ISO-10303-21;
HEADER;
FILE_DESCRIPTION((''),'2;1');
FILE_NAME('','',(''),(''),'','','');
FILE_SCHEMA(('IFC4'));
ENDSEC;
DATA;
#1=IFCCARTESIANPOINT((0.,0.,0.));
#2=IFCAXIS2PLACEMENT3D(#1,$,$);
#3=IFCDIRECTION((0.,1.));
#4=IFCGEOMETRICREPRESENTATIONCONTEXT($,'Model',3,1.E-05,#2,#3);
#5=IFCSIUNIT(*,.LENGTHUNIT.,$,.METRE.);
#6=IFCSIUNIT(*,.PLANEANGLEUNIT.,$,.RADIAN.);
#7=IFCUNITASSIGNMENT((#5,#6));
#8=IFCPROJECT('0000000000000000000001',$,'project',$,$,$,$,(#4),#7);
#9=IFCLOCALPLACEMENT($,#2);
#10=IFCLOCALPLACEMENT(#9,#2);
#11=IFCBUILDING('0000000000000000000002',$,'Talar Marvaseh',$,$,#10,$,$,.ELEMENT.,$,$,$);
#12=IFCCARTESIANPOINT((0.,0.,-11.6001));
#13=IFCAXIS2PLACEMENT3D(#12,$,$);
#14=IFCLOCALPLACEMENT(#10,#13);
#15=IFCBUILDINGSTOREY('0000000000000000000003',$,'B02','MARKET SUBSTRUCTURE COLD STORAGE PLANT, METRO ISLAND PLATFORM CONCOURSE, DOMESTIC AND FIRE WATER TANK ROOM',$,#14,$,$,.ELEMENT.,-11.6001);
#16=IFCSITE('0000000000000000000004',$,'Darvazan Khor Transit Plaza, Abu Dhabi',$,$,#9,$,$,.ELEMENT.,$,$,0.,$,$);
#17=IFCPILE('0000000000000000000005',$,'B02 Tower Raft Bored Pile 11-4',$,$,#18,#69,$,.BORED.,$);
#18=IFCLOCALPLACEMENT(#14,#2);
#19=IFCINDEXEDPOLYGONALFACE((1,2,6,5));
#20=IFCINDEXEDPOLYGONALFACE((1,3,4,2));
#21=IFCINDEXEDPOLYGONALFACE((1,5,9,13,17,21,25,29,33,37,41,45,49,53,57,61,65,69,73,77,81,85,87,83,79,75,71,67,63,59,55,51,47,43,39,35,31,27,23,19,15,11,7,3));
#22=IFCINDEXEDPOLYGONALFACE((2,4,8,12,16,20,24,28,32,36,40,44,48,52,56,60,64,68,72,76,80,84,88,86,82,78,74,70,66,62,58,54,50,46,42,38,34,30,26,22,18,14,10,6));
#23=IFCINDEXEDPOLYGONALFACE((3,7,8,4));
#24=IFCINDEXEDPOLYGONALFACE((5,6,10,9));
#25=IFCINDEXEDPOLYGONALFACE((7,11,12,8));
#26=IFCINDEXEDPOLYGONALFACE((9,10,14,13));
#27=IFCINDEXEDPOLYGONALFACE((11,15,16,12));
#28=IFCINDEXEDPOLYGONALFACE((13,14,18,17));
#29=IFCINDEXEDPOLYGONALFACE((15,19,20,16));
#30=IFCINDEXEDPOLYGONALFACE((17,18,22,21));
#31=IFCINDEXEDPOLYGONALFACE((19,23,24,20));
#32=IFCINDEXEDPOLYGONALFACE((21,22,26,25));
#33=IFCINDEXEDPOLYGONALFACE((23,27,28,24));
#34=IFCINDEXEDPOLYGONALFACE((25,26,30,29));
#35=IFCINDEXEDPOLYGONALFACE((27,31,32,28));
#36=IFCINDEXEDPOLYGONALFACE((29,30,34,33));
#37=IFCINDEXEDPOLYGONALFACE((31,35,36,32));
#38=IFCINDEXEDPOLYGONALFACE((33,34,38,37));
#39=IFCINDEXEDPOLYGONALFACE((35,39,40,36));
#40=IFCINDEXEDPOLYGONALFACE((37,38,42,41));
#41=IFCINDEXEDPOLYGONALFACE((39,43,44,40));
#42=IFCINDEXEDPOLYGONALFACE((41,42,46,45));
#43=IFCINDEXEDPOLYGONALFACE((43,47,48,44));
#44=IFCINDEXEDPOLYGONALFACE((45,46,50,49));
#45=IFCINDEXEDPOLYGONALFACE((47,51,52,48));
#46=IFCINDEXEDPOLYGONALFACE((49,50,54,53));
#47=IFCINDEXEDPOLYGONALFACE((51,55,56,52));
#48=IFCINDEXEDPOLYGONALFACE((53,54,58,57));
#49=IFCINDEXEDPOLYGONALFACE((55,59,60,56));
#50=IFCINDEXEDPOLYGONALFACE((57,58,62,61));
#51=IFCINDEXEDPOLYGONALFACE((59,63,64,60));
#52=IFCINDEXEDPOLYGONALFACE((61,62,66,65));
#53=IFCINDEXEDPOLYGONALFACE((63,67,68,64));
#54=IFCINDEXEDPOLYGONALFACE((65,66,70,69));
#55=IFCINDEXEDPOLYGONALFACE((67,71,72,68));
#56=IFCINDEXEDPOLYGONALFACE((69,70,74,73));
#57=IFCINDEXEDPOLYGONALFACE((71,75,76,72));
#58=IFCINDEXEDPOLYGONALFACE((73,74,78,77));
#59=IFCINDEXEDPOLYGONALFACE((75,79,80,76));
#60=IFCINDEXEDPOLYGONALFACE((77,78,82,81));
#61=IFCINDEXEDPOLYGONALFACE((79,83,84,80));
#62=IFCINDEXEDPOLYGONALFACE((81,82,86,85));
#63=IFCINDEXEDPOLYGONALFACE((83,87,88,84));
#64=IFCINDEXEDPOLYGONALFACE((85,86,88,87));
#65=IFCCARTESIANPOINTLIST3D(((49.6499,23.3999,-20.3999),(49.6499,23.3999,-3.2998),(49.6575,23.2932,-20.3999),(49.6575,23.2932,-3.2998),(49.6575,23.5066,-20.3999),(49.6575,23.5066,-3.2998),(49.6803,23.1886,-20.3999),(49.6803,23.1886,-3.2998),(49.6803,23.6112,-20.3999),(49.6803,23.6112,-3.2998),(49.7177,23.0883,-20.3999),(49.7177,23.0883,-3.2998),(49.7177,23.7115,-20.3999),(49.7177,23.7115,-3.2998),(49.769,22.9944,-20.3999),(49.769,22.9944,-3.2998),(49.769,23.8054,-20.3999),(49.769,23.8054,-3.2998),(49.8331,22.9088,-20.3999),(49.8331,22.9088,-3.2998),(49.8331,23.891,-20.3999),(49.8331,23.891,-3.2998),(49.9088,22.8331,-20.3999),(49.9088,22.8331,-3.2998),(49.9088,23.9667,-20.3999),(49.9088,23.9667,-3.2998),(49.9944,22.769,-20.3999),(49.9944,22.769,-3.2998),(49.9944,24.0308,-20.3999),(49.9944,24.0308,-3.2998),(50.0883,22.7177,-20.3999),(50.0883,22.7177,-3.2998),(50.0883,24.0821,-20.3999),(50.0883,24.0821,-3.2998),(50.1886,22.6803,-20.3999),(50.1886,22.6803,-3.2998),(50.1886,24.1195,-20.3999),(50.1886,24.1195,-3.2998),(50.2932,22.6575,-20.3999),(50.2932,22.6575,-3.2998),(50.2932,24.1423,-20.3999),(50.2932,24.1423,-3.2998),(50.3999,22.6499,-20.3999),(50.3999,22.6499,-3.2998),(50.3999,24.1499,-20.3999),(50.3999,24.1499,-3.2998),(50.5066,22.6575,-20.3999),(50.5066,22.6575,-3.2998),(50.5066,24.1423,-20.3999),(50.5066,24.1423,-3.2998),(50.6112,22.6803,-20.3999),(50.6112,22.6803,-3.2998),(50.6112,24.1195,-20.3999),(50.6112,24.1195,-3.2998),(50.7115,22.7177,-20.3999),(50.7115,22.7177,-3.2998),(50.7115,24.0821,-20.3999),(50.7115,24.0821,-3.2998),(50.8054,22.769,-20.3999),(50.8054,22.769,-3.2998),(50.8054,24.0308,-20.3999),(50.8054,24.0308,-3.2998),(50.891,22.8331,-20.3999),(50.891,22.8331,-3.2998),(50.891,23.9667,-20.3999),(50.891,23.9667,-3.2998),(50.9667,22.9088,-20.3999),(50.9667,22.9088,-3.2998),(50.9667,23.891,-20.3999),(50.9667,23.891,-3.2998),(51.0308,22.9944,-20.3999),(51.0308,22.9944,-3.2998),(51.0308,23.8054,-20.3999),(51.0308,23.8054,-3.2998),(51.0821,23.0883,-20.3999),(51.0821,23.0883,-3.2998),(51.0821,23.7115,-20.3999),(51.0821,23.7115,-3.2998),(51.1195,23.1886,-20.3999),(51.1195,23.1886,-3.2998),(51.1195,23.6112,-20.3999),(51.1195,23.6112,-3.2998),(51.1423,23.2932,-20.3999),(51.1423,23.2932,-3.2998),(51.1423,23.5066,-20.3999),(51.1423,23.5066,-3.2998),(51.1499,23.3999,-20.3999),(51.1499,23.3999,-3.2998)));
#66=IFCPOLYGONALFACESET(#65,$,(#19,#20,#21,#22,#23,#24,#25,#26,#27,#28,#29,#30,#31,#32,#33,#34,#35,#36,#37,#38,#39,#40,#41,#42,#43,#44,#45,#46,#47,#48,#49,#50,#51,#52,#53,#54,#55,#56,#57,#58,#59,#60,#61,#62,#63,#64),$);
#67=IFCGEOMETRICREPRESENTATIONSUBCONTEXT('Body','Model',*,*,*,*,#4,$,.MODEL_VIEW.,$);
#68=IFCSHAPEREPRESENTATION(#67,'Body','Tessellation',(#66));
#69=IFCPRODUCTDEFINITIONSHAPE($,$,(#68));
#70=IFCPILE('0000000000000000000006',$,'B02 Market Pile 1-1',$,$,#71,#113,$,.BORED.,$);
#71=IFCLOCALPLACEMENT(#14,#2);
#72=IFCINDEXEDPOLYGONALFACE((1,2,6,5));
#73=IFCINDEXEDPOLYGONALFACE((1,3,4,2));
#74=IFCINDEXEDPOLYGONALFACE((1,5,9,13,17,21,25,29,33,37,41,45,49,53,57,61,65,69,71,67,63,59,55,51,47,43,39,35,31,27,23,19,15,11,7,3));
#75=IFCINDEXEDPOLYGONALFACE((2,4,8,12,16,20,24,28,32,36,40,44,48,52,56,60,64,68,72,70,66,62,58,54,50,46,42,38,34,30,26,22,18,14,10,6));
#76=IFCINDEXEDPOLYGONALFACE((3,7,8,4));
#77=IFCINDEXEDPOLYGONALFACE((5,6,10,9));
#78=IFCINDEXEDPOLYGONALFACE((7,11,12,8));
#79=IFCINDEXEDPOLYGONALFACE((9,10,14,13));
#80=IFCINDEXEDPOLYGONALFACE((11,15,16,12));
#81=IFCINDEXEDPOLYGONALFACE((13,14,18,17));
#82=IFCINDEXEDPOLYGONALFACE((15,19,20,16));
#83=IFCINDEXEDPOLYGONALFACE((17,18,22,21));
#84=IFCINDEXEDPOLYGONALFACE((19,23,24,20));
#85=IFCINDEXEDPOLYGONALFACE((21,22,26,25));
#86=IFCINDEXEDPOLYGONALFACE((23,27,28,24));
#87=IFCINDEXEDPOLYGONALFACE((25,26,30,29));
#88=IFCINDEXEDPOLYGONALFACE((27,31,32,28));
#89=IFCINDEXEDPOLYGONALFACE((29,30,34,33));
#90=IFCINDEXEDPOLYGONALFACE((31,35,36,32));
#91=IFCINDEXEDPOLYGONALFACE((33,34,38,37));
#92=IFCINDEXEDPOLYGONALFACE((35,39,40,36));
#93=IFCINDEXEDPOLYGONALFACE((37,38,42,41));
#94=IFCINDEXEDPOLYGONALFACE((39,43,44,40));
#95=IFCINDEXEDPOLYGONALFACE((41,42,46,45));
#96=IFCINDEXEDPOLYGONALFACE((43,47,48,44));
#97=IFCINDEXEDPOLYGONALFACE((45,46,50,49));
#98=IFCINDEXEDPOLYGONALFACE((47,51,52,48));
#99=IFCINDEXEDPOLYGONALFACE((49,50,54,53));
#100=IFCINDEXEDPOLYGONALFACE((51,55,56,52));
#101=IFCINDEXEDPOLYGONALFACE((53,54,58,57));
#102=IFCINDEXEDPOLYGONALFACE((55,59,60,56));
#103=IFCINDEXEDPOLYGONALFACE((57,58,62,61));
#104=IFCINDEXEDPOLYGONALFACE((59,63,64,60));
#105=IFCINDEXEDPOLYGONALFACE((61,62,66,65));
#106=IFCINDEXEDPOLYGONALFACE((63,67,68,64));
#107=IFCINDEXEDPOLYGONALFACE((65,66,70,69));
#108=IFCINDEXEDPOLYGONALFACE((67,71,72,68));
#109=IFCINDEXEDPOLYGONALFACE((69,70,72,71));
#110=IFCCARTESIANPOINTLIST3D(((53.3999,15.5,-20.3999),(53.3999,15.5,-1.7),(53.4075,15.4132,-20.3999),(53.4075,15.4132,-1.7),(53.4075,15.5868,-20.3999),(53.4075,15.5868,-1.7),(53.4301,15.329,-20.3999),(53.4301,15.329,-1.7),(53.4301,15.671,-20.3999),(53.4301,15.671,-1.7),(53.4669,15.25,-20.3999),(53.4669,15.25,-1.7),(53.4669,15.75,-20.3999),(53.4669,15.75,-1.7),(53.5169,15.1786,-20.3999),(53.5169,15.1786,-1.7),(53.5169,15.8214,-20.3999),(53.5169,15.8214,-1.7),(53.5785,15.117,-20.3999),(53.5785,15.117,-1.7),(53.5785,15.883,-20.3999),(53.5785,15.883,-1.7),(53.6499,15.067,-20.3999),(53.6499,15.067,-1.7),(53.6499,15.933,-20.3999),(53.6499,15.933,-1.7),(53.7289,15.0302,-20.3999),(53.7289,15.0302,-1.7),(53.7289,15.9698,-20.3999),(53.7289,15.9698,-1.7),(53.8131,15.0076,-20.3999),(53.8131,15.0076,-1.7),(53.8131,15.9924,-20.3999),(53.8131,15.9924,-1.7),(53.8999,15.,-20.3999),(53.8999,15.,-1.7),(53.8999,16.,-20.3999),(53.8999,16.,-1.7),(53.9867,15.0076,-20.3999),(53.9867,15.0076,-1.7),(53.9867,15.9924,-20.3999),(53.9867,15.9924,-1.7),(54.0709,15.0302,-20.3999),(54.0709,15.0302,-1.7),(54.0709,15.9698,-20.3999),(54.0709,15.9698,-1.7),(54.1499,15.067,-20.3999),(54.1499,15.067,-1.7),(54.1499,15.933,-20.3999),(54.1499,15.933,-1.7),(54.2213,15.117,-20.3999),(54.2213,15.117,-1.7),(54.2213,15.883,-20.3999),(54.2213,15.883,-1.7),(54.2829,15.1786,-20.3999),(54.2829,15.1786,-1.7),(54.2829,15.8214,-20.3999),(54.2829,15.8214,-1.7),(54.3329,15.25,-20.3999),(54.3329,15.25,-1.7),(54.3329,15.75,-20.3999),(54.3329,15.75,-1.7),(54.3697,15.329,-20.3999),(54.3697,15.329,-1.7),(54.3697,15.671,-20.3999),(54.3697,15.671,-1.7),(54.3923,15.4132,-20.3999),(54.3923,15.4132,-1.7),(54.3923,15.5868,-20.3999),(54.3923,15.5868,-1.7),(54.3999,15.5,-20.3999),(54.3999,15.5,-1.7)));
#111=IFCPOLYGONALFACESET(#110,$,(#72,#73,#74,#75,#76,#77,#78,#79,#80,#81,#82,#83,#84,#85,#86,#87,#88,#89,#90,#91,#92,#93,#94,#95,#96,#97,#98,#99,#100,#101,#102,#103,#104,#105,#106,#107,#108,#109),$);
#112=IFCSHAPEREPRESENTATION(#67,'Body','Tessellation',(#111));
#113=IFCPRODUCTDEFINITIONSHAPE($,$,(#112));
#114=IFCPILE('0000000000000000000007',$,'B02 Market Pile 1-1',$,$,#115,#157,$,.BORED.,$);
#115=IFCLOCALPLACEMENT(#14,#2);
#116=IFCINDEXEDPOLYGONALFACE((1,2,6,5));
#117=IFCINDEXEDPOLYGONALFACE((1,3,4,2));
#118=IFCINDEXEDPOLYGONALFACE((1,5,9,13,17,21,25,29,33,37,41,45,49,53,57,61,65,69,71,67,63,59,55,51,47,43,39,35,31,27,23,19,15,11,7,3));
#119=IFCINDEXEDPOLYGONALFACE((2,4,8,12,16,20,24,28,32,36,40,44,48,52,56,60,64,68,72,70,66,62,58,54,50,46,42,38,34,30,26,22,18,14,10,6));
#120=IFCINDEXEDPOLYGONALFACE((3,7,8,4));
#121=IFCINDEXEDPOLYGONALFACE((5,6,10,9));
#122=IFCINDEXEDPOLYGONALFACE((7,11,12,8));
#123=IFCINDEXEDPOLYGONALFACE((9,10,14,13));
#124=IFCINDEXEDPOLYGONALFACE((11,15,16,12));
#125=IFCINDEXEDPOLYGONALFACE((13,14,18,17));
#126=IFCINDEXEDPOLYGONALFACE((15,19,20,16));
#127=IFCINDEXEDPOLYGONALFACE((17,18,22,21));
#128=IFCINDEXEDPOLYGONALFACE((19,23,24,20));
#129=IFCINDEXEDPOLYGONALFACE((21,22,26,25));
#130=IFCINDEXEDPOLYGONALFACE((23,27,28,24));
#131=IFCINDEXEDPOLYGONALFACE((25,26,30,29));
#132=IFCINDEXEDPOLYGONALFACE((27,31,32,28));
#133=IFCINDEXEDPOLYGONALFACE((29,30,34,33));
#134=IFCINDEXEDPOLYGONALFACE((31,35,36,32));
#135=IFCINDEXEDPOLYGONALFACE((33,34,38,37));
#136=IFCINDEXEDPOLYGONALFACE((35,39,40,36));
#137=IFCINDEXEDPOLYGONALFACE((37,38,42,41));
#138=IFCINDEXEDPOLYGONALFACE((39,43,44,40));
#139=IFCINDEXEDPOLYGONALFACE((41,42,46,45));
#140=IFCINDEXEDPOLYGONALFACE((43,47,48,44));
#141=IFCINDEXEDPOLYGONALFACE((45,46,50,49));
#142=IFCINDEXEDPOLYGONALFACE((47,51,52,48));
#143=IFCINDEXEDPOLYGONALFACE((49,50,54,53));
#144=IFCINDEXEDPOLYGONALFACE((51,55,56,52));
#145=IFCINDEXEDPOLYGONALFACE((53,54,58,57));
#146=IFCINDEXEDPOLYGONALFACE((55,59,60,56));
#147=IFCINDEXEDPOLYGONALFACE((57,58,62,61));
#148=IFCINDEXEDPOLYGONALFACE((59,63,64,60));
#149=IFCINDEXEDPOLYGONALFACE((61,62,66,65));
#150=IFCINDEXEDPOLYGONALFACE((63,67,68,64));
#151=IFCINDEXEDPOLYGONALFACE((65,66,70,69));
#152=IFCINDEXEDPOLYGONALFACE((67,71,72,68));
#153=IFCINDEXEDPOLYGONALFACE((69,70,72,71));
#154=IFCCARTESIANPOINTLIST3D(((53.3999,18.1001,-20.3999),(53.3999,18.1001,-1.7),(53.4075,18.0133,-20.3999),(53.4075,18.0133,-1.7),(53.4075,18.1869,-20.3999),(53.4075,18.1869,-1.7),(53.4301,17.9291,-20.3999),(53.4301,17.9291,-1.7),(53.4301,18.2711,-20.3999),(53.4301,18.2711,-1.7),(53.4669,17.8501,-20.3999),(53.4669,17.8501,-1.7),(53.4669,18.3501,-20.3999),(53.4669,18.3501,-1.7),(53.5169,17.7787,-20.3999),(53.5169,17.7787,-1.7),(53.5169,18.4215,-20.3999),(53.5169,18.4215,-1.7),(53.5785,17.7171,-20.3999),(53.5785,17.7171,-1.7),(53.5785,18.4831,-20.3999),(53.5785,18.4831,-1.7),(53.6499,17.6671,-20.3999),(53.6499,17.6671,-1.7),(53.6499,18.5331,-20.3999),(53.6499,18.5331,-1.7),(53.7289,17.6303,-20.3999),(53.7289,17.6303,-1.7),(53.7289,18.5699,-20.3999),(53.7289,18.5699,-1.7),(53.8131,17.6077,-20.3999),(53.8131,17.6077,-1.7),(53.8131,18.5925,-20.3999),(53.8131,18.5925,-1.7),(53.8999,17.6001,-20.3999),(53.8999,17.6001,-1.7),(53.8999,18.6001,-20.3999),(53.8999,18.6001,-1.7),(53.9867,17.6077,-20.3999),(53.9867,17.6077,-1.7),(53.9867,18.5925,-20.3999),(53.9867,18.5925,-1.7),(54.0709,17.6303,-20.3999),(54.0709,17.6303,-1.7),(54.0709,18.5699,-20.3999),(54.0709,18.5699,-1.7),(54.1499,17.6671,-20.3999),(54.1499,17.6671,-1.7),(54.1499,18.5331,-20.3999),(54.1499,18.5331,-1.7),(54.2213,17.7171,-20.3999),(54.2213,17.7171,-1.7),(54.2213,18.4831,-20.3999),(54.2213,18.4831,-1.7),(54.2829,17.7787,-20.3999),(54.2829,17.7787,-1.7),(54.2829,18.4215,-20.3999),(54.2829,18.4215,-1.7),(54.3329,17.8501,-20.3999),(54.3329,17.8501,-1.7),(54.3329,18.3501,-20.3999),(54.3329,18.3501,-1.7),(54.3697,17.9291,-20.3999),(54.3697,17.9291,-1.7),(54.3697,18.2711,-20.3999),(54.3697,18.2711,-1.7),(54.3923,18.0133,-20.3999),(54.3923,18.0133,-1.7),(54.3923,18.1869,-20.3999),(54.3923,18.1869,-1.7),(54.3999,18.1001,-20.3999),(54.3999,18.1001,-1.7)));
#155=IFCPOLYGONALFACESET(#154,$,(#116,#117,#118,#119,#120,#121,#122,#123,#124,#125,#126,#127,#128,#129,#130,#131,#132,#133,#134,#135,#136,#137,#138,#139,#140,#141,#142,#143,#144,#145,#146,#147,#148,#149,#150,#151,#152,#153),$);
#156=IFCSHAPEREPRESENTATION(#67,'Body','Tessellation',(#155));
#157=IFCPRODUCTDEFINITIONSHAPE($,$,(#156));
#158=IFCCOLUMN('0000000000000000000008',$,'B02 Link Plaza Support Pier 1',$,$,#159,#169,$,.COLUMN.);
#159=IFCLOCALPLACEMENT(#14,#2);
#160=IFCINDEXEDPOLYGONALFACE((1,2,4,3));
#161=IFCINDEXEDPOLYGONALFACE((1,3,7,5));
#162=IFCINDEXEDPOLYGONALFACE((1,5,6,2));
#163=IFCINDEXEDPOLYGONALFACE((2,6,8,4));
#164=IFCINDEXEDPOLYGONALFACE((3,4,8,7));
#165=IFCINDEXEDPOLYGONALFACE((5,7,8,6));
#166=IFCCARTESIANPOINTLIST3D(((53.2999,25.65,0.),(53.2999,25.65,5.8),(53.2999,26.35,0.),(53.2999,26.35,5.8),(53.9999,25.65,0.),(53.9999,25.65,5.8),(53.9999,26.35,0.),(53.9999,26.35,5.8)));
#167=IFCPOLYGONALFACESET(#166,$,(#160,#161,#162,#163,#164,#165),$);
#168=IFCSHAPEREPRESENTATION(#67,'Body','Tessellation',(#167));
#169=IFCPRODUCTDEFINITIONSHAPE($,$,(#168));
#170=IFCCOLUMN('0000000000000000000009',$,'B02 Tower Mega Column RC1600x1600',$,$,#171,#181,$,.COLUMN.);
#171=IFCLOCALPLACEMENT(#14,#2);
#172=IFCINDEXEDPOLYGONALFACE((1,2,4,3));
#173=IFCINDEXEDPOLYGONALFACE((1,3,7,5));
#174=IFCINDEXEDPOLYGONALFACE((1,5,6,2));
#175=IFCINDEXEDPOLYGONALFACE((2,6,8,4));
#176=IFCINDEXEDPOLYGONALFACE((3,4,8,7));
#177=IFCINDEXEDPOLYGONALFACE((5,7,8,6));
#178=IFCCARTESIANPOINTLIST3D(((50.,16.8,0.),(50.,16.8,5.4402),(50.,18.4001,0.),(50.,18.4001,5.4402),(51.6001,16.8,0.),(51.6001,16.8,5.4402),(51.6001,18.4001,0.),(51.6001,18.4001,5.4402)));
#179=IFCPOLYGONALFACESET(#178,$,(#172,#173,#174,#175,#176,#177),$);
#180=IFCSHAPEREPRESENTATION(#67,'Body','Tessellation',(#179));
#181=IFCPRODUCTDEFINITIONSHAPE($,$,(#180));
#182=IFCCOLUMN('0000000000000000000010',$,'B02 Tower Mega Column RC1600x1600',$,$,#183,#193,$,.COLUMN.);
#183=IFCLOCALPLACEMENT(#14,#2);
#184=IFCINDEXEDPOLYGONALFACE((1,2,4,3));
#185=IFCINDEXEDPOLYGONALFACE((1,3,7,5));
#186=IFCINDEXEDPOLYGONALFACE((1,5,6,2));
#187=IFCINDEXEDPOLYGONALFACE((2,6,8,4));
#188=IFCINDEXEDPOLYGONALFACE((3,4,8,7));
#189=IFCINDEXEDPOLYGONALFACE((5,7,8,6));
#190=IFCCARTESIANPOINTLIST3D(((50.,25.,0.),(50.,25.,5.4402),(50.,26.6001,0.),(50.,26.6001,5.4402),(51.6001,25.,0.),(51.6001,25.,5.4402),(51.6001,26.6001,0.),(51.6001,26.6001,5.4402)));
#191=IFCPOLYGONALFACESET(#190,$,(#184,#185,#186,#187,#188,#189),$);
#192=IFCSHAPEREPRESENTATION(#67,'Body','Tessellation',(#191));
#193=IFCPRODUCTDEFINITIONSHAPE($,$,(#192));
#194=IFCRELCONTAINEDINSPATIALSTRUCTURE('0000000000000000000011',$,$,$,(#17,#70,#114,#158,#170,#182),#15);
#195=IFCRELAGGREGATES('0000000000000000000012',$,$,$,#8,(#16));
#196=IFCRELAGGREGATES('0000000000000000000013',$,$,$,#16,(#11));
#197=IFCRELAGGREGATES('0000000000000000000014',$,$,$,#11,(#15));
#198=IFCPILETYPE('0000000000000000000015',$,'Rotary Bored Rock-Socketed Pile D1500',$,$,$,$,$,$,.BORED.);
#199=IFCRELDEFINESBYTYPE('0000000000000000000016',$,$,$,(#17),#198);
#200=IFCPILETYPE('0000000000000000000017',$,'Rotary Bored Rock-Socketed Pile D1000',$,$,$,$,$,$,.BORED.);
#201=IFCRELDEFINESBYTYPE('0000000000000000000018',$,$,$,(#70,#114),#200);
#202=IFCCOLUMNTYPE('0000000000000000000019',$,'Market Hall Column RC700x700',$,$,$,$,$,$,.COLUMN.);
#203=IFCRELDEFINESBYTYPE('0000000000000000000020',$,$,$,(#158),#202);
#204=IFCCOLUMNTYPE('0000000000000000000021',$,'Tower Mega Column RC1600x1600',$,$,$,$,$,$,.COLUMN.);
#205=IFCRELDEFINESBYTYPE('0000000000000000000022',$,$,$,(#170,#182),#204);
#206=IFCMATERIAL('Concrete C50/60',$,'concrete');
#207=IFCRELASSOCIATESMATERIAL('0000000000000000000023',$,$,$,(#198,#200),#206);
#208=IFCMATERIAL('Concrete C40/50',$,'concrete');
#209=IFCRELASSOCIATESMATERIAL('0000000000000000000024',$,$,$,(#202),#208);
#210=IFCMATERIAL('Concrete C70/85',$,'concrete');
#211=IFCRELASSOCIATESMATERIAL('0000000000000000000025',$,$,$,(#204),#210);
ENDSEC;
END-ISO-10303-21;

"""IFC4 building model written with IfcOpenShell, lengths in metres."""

from ifc_helpers import new_model, si_unit, direction, frame, origin, origin_2d, place, context, subcontext, project, spatial, rectangle, circle, extrude, source, transform, mapped, material, material_profile, profile_set, type_object, type_shapes, element, save


model = new_model("IFC4")

# Units and contexts
model_context = context("Model", 3, precision=1e-05, world=origin(), true_north=direction((0.0, 1.0)))
body_context = subcontext(model_context, "Body", "Model", "MODEL_VIEW")
ifc_project = project(units=[si_unit("LENGTHUNIT", "METRE"), si_unit("PLANEANGLEUNIT", "RADIAN")], contexts=[model_context])

# Site, building, storey
site_placement = place(None, origin())
site = spatial("IfcSite", under=ifc_project, at=site_placement, Name="Darvazan Khor Transit Plaza, Abu Dhabi", CompositionType="ELEMENT", RefElevation=0.0)
building_placement = place(site_placement, origin())
building = spatial("IfcBuilding", under=site, at=building_placement, Name="Talar Marvaseh", CompositionType="ELEMENT")
storey_placement = place(building_placement, frame((0.0, 0.0, -11.6001)))
storey = spatial("IfcBuildingStorey", under=building, at=storey_placement, Name="B02", Description="MARKET SUBSTRUCTURE COLD STORAGE PLANT, METRO ISLAND PLATFORM CONCOURSE, DOMESTIC AND FIRE WATER TANK ROOM", CompositionType="ELEMENT", Elevation=-11.6001)

# Piles
ifc_material_1 = material(Name="Concrete C50/60", Category="concrete")
ifc_material_profile_1 = material_profile(ifc_material_1, circle(Radius=0.75, at=origin_2d()), Name="PILE-D1500")
ifc_profile_set_1 = profile_set([ifc_material_profile_1], Name="Concrete C50/60")
pile_type_1 = type_object("IfcPileType", Name="Rotary Bored Rock-Socketed Pile D1500", PredefinedType="BORED", material=ifc_profile_set_1)
shared_shape_1 = source(origin(), body_context, "Body", "SweptSolid", [
    extrude(circle(Radius=0.75, at=origin_2d()), origin(), (0.0, 0.0, 1.0), 17.1001),
])
type_shapes(pile_type_1, [shared_shape_1])
for number, where, z_axis, x_axis, name in (
    (1, (50.3999, 23.3999, -3.2998), (0.0, 0.0, -1.0), (1.0, 0.0, 0.0), "B02 Tower Raft Bored Pile 11-4"),
):
    element("IfcPile", number, at=place(storey_placement, frame(where, z_axis=z_axis, x_axis=x_axis)), inside=storey, type_object=pile_type_1, Name=name, PredefinedType="BORED", context=body_context, shape_type="MappedRepresentation", body=[
        mapped(shared_shape_1, transform((0.0, 0.0, 0.0), x_axis=(1.0, 0.0, 0.0), y_axis=(0.0, 1.0, 0.0), z_axis=(0.0, 0.0, 1.0), scale=1.0)),
    ])
ifc_material_profile_2 = material_profile(ifc_material_1, circle(Radius=0.5, at=origin_2d()), Name="PILE-D1000")
ifc_profile_set_2 = profile_set([ifc_material_profile_2], Name="Concrete C50/60")
pile_type_2 = type_object("IfcPileType", Name="Rotary Bored Rock-Socketed Pile D1000", PredefinedType="BORED", material=ifc_profile_set_2)
shared_shape_2 = source(origin(), body_context, "Body", "SweptSolid", [
    extrude(circle(Radius=0.5, at=origin_2d()), origin(), (0.0, 0.0, 1.0), 18.7),
])
type_shapes(pile_type_2, [shared_shape_2])
for number, where, z_axis, x_axis, name in (
    (2, (53.8999, 15.5, -1.7), (0.0, 0.0, -1.0), (1.0, 0.0, 0.0), "B02 Market Pile 1-1"),
    (3, (53.8999, 18.1001, -1.7), (0.0, 0.0, -1.0), (1.0, 0.0, 0.0), "B02 Market Pile 1-1"),
):
    element("IfcPile", number, at=place(storey_placement, frame(where, z_axis=z_axis, x_axis=x_axis)), inside=storey, type_object=pile_type_2, Name=name, PredefinedType="BORED", context=body_context, shape_type="MappedRepresentation", body=[
        mapped(shared_shape_2, transform((0.0, 0.0, 0.0), x_axis=(1.0, 0.0, 0.0), y_axis=(0.0, 1.0, 0.0), z_axis=(0.0, 0.0, 1.0), scale=1.0)),
    ])

# Columns
ifc_material_2 = material(Name="Concrete C40/50", Category="concrete")
ifc_material_profile_3 = material_profile(ifc_material_2, rectangle(XDim=0.7, YDim=0.7, at=origin_2d()), Name="RC700x700")
ifc_profile_set_3 = profile_set([ifc_material_profile_3], Name="Concrete C40/50")
column_type_1 = type_object("IfcColumnType", Name="Market Hall Column RC700x700", PredefinedType="COLUMN", material=ifc_profile_set_3)
column_placement = place(storey_placement, frame((53.6499, 26.0, 0.0), z_axis=(0.0, 0.0, 1.0), x_axis=(1.0, 0.0, 0.0)))
element("IfcColumn", 4, at=column_placement, inside=storey, type_object=column_type_1, Name="B02 Link Plaza Support Pier 1", PredefinedType="COLUMN", context=body_context, shape_type="SweptSolid", body=[
    extrude(rectangle(XDim=0.7, YDim=0.7, at=origin_2d()), origin(), (0.0, 0.0, 1.0), 5.8),
])
ifc_material_3 = material(Name="Concrete C70/85", Category="concrete")
ifc_material_profile_4 = material_profile(ifc_material_3, rectangle(XDim=1.6001, YDim=1.6001, at=origin_2d()), Name="RC1600x1600")
ifc_profile_set_4 = profile_set([ifc_material_profile_4], Name="Concrete C70/85")
column_type_2 = type_object("IfcColumnType", Name="Tower Mega Column RC1600x1600", PredefinedType="COLUMN", material=ifc_profile_set_4)
for number, where, z_axis, x_axis, name in (
    (5, (50.8, 17.6001, 0.0), (0.0, 0.0, 1.0), (1.0, 0.0, 0.0), "B02 Tower Mega Column RC1600x1600"),
    (6, (50.8, 25.8, 0.0), (0.0, 0.0, 1.0), (1.0, 0.0, 0.0), "B02 Tower Mega Column RC1600x1600"),
):
    element("IfcColumn", number, at=place(storey_placement, frame(where, z_axis=z_axis, x_axis=x_axis)), inside=storey, type_object=column_type_2, Name=name, PredefinedType="COLUMN", context=body_context, shape_type="SweptSolid", body=[
        extrude(rectangle(XDim=1.6001, YDim=1.6001, at=origin_2d()), origin(), (0.0, 0.0, 1.0), 5.4402),
    ])

save(model, "model.ifc")
